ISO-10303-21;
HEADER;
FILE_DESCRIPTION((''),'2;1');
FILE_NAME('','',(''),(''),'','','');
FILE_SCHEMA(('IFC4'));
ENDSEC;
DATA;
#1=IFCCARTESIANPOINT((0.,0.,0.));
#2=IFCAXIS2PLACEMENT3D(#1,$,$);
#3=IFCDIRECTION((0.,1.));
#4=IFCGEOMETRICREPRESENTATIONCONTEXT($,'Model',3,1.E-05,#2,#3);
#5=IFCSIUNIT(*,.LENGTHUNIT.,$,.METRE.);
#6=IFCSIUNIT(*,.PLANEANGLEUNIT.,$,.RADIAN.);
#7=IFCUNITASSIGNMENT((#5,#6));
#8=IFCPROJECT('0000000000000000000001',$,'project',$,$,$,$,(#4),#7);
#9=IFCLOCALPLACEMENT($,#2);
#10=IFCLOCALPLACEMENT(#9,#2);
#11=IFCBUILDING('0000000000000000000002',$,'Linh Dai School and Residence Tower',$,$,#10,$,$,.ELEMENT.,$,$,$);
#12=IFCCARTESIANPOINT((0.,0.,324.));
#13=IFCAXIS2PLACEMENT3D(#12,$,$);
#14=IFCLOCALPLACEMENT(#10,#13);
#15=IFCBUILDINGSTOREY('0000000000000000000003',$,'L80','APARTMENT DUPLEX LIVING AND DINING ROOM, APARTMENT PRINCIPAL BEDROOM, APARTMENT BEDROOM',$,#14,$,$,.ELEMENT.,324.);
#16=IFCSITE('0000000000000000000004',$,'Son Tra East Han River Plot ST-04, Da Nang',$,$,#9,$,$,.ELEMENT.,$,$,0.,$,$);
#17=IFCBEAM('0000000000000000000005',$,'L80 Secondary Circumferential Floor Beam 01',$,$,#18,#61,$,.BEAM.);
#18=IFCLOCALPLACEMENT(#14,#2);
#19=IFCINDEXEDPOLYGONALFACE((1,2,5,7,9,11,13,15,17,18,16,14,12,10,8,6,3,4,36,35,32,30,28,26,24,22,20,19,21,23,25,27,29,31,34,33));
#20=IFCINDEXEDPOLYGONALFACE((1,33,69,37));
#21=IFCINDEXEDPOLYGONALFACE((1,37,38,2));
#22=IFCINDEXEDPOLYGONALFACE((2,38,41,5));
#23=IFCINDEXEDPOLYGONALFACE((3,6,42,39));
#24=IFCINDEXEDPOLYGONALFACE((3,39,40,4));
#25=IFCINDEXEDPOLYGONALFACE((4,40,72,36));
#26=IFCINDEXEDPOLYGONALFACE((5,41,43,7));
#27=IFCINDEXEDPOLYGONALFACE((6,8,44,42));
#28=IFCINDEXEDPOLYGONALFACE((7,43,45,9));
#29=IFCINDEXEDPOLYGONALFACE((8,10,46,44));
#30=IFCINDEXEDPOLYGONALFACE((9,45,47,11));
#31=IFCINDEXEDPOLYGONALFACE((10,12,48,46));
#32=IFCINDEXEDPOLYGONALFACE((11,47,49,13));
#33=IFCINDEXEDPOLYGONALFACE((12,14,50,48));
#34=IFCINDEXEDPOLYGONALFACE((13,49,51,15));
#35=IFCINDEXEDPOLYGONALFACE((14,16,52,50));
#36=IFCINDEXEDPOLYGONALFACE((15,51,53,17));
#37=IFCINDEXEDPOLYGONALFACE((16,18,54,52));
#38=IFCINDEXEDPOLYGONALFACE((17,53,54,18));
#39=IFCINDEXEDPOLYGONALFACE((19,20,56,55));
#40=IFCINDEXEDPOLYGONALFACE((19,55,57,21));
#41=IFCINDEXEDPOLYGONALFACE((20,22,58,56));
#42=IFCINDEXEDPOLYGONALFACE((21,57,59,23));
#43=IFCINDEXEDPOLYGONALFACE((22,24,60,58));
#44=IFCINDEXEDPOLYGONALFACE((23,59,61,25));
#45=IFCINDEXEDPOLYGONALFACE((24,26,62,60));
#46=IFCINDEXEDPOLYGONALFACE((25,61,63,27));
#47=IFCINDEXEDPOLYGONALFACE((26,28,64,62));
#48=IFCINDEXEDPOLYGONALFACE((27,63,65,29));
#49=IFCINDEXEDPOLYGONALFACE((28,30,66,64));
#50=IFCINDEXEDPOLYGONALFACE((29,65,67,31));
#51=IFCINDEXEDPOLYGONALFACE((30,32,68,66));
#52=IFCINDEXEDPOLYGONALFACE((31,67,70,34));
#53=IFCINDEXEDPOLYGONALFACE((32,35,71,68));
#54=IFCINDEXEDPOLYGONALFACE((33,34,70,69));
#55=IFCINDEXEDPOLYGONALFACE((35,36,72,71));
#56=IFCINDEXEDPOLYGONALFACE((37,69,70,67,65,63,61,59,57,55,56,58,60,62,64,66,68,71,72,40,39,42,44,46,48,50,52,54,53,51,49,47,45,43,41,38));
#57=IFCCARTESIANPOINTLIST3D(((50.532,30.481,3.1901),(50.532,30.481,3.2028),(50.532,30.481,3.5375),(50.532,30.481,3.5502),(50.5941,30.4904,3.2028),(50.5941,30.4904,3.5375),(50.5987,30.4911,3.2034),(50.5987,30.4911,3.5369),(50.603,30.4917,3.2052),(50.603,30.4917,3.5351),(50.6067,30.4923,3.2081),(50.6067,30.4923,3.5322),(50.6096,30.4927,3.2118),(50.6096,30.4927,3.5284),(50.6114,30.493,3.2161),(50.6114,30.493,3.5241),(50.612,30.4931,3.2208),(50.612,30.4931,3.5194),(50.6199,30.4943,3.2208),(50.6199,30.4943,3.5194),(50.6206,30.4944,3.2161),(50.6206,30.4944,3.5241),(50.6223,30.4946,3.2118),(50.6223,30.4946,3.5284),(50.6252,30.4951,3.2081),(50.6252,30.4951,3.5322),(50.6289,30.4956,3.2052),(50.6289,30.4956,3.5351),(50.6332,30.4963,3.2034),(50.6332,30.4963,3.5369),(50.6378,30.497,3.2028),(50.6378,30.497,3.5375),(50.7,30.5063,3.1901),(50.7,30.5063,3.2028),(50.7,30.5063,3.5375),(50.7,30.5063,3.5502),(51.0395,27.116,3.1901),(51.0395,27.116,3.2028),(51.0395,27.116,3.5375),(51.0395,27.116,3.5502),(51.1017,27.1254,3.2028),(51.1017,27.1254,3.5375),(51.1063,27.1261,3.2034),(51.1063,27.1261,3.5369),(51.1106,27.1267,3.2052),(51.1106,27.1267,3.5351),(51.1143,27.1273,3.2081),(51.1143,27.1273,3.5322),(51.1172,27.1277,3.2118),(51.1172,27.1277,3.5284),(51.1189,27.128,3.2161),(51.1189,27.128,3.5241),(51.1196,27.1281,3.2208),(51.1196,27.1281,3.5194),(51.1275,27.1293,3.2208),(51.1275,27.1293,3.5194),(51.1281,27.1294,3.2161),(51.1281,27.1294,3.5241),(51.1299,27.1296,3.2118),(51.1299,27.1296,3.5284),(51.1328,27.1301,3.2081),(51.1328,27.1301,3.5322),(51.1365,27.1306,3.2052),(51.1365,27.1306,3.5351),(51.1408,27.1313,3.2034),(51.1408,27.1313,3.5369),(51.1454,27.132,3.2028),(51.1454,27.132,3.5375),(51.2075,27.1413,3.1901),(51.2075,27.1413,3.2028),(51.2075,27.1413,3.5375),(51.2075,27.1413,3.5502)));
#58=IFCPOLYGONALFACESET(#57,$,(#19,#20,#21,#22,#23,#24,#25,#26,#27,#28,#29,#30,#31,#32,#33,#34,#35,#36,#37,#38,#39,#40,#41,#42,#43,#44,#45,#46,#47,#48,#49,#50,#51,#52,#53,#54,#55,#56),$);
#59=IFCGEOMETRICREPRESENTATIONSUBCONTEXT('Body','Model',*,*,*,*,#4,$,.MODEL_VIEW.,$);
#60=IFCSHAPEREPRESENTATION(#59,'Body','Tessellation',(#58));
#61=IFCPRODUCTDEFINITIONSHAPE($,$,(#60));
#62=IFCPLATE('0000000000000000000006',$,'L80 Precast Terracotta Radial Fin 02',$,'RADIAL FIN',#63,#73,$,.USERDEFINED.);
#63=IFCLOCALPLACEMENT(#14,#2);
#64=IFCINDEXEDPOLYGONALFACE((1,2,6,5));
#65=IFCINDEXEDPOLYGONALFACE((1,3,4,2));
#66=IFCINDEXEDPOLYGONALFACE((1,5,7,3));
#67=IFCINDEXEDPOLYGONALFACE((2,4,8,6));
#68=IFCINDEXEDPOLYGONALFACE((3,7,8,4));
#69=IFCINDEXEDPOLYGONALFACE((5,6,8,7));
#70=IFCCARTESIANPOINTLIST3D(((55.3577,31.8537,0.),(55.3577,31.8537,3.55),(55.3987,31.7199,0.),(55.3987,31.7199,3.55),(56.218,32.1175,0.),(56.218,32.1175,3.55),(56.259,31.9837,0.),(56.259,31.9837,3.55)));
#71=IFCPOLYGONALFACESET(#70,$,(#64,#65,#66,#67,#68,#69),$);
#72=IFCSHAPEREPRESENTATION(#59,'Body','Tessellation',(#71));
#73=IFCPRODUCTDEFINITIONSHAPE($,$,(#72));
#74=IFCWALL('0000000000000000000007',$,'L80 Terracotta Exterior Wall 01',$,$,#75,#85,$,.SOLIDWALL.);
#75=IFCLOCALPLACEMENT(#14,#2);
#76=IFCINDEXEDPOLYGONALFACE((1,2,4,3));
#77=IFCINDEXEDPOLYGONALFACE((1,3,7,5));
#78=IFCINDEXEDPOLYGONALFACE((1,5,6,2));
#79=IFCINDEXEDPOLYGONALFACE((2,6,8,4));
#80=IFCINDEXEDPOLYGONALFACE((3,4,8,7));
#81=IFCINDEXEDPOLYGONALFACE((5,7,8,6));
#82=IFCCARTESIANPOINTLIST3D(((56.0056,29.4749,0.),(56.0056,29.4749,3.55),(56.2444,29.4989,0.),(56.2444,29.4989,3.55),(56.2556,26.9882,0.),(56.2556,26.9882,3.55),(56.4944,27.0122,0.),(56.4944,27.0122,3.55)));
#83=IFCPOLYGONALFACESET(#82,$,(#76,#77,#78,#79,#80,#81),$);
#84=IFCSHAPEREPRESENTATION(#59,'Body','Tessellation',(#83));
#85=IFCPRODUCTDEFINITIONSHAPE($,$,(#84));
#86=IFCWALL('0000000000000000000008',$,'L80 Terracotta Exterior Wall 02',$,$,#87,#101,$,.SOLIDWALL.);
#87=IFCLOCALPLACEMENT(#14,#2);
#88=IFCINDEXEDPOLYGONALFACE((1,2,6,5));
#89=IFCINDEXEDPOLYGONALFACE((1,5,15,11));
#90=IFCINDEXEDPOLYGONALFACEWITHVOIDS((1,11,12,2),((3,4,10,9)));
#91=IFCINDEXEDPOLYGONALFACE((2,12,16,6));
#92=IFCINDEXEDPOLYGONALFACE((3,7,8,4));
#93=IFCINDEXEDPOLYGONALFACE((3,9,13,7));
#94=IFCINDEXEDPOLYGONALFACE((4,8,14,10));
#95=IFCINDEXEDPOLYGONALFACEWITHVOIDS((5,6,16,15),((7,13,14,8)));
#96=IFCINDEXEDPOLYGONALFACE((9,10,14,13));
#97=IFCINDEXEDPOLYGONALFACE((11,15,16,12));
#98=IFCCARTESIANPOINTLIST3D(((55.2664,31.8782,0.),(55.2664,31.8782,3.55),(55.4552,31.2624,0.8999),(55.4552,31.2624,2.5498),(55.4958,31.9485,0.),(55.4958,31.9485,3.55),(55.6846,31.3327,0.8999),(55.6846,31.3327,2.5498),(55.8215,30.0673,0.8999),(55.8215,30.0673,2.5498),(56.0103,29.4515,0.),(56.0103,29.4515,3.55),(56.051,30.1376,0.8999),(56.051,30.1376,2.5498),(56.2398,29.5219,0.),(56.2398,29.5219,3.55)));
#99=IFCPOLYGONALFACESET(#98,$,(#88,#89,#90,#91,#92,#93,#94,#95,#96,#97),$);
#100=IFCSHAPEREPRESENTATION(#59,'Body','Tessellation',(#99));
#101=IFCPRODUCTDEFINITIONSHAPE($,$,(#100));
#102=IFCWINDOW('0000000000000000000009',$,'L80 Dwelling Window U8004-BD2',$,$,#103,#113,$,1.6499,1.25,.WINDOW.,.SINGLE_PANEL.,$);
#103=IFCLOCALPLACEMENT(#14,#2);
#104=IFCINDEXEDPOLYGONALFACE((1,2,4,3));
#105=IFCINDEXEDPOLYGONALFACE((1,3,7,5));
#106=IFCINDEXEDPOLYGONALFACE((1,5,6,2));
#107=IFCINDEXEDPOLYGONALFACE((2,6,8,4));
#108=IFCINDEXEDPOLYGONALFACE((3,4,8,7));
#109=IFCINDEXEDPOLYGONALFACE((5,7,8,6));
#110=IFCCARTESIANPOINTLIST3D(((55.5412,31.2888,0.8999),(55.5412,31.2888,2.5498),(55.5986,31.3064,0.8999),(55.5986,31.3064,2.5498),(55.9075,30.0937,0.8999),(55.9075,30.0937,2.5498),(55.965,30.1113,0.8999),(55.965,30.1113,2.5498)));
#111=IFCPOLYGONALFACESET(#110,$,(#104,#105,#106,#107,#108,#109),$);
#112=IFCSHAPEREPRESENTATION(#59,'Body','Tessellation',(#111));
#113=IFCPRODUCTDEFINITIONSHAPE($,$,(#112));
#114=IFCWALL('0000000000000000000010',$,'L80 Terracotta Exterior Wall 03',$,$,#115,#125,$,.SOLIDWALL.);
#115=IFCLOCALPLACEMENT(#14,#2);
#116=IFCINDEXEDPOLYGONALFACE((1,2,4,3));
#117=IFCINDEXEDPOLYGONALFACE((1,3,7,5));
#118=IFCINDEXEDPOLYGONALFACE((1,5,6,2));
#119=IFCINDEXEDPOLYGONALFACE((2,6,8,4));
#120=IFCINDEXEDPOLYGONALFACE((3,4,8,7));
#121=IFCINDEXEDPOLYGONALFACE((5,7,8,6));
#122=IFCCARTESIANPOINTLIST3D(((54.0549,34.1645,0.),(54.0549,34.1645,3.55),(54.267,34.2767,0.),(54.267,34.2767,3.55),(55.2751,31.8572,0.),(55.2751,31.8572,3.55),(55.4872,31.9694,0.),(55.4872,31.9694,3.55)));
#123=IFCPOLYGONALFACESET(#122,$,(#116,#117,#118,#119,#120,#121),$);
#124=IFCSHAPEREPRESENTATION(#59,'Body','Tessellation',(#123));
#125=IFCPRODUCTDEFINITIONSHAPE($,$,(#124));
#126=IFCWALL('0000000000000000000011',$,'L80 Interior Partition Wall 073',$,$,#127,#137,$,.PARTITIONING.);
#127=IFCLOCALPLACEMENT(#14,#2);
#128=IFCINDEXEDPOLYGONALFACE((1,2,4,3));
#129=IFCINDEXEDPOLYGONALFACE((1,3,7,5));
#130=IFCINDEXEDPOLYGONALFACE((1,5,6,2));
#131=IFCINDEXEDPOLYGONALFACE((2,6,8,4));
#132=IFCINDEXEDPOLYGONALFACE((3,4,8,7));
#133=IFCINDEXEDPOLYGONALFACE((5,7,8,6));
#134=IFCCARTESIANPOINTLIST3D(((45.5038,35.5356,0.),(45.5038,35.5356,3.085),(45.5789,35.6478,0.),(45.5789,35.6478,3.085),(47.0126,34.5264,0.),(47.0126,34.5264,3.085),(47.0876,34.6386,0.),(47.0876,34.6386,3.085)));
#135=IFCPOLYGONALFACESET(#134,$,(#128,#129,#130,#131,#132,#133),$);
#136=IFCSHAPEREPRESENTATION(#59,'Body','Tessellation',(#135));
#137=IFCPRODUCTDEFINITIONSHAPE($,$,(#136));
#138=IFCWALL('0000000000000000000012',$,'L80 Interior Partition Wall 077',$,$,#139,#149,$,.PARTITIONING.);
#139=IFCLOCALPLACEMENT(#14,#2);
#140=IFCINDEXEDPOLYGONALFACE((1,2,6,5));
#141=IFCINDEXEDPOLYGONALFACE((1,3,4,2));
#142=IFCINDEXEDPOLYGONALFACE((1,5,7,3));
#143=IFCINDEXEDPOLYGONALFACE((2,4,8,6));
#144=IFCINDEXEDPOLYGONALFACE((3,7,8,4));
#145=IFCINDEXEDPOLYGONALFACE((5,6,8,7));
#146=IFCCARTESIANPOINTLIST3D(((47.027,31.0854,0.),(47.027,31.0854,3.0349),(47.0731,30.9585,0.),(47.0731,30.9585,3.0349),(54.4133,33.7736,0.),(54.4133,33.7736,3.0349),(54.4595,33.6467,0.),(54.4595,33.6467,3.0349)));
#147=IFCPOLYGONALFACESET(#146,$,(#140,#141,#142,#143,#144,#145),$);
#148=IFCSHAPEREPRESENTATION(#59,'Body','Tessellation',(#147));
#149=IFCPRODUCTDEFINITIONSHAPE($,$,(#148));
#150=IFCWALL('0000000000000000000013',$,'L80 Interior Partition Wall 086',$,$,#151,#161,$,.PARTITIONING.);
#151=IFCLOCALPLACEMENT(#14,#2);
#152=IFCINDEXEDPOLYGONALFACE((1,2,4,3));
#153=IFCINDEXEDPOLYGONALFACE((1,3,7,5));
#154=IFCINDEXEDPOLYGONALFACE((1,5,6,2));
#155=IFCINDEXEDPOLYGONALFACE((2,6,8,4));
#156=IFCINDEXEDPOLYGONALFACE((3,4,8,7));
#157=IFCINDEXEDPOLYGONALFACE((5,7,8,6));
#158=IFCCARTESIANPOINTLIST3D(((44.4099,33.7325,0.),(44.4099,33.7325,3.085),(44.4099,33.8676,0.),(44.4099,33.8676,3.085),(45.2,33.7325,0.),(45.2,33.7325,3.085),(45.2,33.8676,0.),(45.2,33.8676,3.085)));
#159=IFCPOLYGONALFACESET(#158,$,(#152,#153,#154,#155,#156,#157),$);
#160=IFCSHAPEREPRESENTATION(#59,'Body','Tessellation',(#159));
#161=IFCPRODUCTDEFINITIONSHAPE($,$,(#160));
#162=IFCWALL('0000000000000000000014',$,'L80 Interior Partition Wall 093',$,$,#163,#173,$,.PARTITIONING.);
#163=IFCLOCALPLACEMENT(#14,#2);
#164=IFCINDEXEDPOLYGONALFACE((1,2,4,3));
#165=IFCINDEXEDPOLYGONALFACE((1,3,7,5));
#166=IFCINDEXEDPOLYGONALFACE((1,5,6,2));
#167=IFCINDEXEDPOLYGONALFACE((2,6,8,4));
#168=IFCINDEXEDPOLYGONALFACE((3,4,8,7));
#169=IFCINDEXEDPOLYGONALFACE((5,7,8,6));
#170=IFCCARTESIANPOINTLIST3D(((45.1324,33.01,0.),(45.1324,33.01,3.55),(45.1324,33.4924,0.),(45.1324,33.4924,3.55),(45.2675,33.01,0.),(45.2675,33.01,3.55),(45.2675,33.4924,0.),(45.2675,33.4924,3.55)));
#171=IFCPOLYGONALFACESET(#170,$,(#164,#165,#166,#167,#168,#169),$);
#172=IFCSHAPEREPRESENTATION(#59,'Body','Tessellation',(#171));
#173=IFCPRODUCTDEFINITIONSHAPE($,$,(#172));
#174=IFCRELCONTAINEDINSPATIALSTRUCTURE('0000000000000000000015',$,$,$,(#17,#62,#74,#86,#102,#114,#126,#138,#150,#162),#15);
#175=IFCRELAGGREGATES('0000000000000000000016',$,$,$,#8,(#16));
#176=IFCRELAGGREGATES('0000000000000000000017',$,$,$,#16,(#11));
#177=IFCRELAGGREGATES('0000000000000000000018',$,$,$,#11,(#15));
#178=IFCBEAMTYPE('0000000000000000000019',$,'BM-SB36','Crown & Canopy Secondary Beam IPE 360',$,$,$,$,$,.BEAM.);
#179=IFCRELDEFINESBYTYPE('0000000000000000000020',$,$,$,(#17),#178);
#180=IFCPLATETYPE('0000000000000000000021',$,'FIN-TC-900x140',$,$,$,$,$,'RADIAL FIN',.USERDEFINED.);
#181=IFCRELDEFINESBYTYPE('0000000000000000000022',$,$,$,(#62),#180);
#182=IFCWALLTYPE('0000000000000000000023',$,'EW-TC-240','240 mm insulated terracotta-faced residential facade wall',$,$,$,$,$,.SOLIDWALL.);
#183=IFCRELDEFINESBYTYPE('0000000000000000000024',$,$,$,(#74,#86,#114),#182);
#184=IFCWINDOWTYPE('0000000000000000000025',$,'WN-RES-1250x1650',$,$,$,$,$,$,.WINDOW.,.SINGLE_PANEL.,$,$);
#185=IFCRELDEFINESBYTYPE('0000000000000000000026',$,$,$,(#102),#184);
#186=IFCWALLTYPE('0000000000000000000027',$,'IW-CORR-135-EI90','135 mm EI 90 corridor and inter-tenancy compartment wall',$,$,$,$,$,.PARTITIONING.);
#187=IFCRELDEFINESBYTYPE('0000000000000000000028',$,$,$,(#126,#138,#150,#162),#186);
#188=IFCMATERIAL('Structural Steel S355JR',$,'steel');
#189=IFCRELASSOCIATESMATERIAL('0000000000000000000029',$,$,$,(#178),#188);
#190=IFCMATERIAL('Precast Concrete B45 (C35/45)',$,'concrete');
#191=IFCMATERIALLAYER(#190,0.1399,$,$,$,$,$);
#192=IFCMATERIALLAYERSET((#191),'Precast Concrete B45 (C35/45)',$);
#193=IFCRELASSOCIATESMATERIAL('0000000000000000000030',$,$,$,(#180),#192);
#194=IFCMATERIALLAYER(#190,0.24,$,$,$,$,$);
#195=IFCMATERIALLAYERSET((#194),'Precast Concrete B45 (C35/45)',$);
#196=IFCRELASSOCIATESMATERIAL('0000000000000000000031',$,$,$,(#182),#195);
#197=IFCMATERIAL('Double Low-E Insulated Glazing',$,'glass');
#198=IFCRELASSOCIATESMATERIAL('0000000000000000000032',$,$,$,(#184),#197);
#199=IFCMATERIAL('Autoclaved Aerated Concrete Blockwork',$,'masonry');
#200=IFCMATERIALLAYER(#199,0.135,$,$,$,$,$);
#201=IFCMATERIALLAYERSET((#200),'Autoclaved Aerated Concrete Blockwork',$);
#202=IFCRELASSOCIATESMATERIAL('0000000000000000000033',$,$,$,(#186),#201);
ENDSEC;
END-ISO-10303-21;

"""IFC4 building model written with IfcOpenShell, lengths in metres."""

from ifc_helpers import new_model, si_unit, direction, frame, frame_2d, origin, origin_2d, place, context, subcontext, project, spatial, rectangle, i_section, extrude, source, transform, mapped, material, layer, layer_set, material_profile, profile_set, type_object, element, fill, save


model = new_model("IFC4")

# Units and contexts
model_context = context("Model", 3, precision=1e-05, world=origin(), true_north=direction((0.0, 1.0)))
body_context = subcontext(model_context, "Body", "Model", "MODEL_VIEW")
ifc_project = project(units=[si_unit("LENGTHUNIT", "METRE"), si_unit("PLANEANGLEUNIT", "RADIAN")], contexts=[model_context])

# Site, building, storey
site_placement = place(None, origin())
site = spatial("IfcSite", under=ifc_project, at=site_placement, Name="Son Tra East Han River Plot ST-04, Da Nang", CompositionType="ELEMENT", RefElevation=0.0)
building_placement = place(site_placement, origin())
building = spatial("IfcBuilding", under=site, at=building_placement, Name="Linh Dai School and Residence Tower", CompositionType="ELEMENT")
storey_placement = place(building_placement, frame((0.0, 0.0, 324.0)))
storey = spatial("IfcBuildingStorey", under=building, at=storey_placement, Name="L80", Description="APARTMENT DUPLEX LIVING AND DINING ROOM, APARTMENT PRINCIPAL BEDROOM, APARTMENT BEDROOM", CompositionType="ELEMENT", Elevation=324.0)

# Shared definitions
ifc_material_1 = material(Name="Structural Steel S355JR", Category="steel")

# Beam
ifc_material_profile_1 = material_profile(ifc_material_1, i_section(OverallWidth=0.1699, OverallDepth=0.3601, WebThickness=0.0081, FlangeThickness=0.0127, FilletRadius=0.0181, at=origin_2d()), Name="IPE 360")
ifc_profile_set_1 = profile_set([ifc_material_profile_1], Name="Structural Steel S355JR")
beam_type_1 = type_object("IfcBeamType", Name="BM-SB36", Description="Crown & Canopy Secondary Beam IPE 360", PredefinedType="BEAM", material=ifc_profile_set_1)
beam_1_placement = place(storey_placement, frame((51.1235, 27.1287, 3.3701), z_axis=(-0.149151, 0.988814, 0.0), x_axis=(-0.988814, -0.149151, 0.0)))
element("IfcBeam", 1, at=beam_1_placement, inside=storey, type_object=beam_type_1, Name="L80 Secondary Circumferential Floor Beam 01", PredefinedType="BEAM", context=body_context, shape_type="SweptSolid", body=[
    extrude(i_section(OverallWidth=0.1699, OverallDepth=0.3601, WebThickness=0.0081, FlangeThickness=0.0127, FilletRadius=0.0181, at=origin_2d()), origin(), (0.0, 0.0, 1.0), 3.4031),
])

# Plate
ifc_material_2 = material(Name="Precast Concrete B45 (C35/45)", Category="concrete")
ifc_layer_1 = layer(ifc_material_2, 0.1399)
ifc_layer_set_1 = layer_set([ifc_layer_1], Name="Precast Concrete B45 (C35/45)")
plate_type = type_object("IfcPlateType", Name="FIN-TC-900x140", ElementType="RADIAL FIN", PredefinedType="USERDEFINED", material=ifc_layer_set_1)
shared_shape_1 = source(origin(), body_context, "Body", "SweptSolid", [
    extrude(rectangle(XDim=0.8999, YDim=0.1399, at=origin_2d()), origin(), (0.0, 0.0, 1.0), 3.55),
])
plate_placement = place(storey_placement, frame((55.8083, 31.9187, 0.0), z_axis=(0.0, 0.0, 1.0), x_axis=(0.956083, 0.293095, 0.0)))
element("IfcPlate", 2, at=plate_placement, inside=storey, type_object=plate_type, Name="L80 Precast Terracotta Radial Fin 02", ObjectType="RADIAL FIN", PredefinedType="USERDEFINED", context=body_context, shape_type="MappedRepresentation", body=[
    mapped(shared_shape_1, transform((0.0, 0.0, 0.0), x_axis=(1.0, 0.0, 0.0), y_axis=(0.0, 1.0, 0.0), z_axis=(0.0, 0.0, 1.0), scale=1.0)),
])

# Wall
ifc_layer_2 = layer(ifc_material_2, 0.24)
ifc_layer_set_2 = layer_set([ifc_layer_2], Name="Precast Concrete B45 (C35/45)")
wall_type_1 = type_object("IfcWallType", Name="EW-TC-240", Description="240 mm insulated terracotta-faced residential facade wall", PredefinedType="SOLIDWALL", material=ifc_layer_set_2)
wall_1_placement = place(storey_placement, frame((56.125, 29.4868, 0.0), z_axis=(0.0, 0.0, 1.0), x_axis=(0.100026, -0.994985, 0.0)))
element("IfcWall", 3, at=wall_1_placement, inside=storey, type_object=wall_type_1, Name="L80 Terracotta Exterior Wall 01", PredefinedType="SOLIDWALL", context=body_context, shape_type="SweptSolid", body=[
    extrude(rectangle(XDim=2.4993, YDim=0.24, at=frame_2d((1.2495, 0.0))), origin(), (0.0, 0.0, 1.0), 3.55),
])

# Wall, opening, window
wall_2_placement = place(storey_placement, frame((55.3811, 31.9133, 0.0), z_axis=(0.0, 0.0, 1.0), x_axis=(0.293106, -0.95608, 0.0)))
wall_2 = element("IfcWall", 4, at=wall_2_placement, inside=storey, type_object=wall_type_1, Name="L80 Terracotta Exterior Wall 02", PredefinedType="SOLIDWALL", context=body_context, shape_type="SweptSolid", body=[
    extrude(rectangle(XDim=2.5381, YDim=0.24, at=frame_2d((1.269, 0.0))), origin(), (0.0, 0.0, 1.0), 3.55),
])
opening_1_placement = place(wall_2_placement, frame((0.644, 0.0, 0.8999)))
opening_1 = element("IfcOpeningElement", 5, at=opening_1_placement, cuts=wall_2, PredefinedType="OPENING", context=body_context, shape_type="SweptSolid", body=[
    extrude(rectangle(XDim=1.25, YDim=1.6499, at=origin_2d()), frame((0.625, 0.1299, 0.825), z_axis=(0.0, -1.0, 0.0), x_axis=(1.0, 0.0, 0.0)), (0.0, 0.0, 1.0), 0.26),
])
ifc_material_3 = material(Name="Double Low-E Insulated Glazing", Category="glass")
window_type = type_object("IfcWindowType", Name="WN-RES-1250x1650", PartitioningType="SINGLE_PANEL", PredefinedType="WINDOW", material=ifc_material_3)
shared_shape_2 = source(origin(), body_context, "Body", "SweptSolid", [
    extrude(rectangle(XDim=1.25, YDim=1.6499, at=origin_2d()), frame((0.625, 0.03, 0.825), z_axis=(0.0, -1.0, 0.0), x_axis=(1.0, 0.0, 0.0)), (0.0, 0.0, 1.0), 0.0601),
])
window_placement = place(opening_1_placement, origin())
window = element("IfcWindow", 6, at=window_placement, inside=storey, type_object=window_type, Name="L80 Dwelling Window U8004-BD2", OverallHeight=1.6499, OverallWidth=1.25, PartitioningType="SINGLE_PANEL", PredefinedType="WINDOW", context=body_context, shape_type="MappedRepresentation", body=[
    mapped(shared_shape_2, transform((0.0, 0.0, 0.0), x_axis=(1.0, 0.0, 0.0), y_axis=(0.0, 1.0, 0.0), z_axis=(0.0, 0.0, 1.0), scale=1.0)),
])
fill(opening_1, window)

# Walls
wall_3_placement = place(storey_placement, frame((54.1609, 34.2207, 0.0), z_axis=(0.0, 0.0, 1.0), x_axis=(0.467488, -0.883999, 0.0)))
element("IfcWall", 7, at=wall_3_placement, inside=storey, type_object=wall_type_1, Name="L80 Terracotta Exterior Wall 03", PredefinedType="SOLIDWALL", context=body_context, shape_type="SweptSolid", body=[
    extrude(rectangle(XDim=2.6101, YDim=0.24, at=frame_2d((1.3052, 0.0))), origin(), (0.0, 0.0, 1.0), 3.55),
])
ifc_material_4 = material(Name="Autoclaved Aerated Concrete Blockwork", Category="masonry")
ifc_layer_3 = layer(ifc_material_4, 0.135)
ifc_layer_set_3 = layer_set([ifc_layer_3], Name="Autoclaved Aerated Concrete Blockwork")
wall_type_2 = type_object("IfcWallType", Name="IW-CORR-135-EI90", Description="135 mm EI 90 corridor and inter-tenancy compartment wall", PredefinedType="PARTITIONING", material=ifc_layer_set_3)
wall_4_placement = place(storey_placement, frame((45.5413, 35.5918, 0.0), z_axis=(0.0, 0.0, 1.0), x_axis=(0.83118, -0.556003, 0.0)))
element("IfcWall", 8, at=wall_4_placement, inside=storey, type_object=wall_type_2, Name="L80 Interior Partition Wall 073", PredefinedType="PARTITIONING", context=body_context, shape_type="SweptSolid", body=[
    extrude(rectangle(XDim=1.8152, YDim=0.135, at=frame_2d((0.9077, 0.0))), origin(), (0.0, 0.0, 1.0), 3.085),
])
wall_5_placement = place(storey_placement, frame((47.05, 31.022, 0.0), z_axis=(0.0, 0.0, 1.0), x_axis=(0.939702, 0.341995, 0.0)))
element("IfcWall", 9, at=wall_5_placement, inside=storey, type_object=wall_type_2, Name="L80 Interior Partition Wall 077", PredefinedType="PARTITIONING", context=body_context, shape_type="SweptSolid", body=[
    extrude(rectangle(XDim=7.8604, YDim=0.135, at=frame_2d((3.9302, 0.0))), origin(), (0.0, 0.0, 1.0), 3.0349),
])
wall_6_placement = place(storey_placement, frame((45.2, 33.8, 0.0), z_axis=(0.0, 0.0, 1.0), x_axis=(-1.0, 0.0, 0.0)))
element("IfcWall", 10, at=wall_6_placement, inside=storey, type_object=wall_type_2, Name="L80 Interior Partition Wall 086", PredefinedType="PARTITIONING", context=body_context, shape_type="SweptSolid", body=[
    extrude(rectangle(XDim=0.79, YDim=0.135, at=frame_2d((0.395, 0.0))), origin(), (0.0, 0.0, 1.0), 3.085),
])
wall_7_placement = place(storey_placement, frame((45.2, 33.01, 0.0), z_axis=(0.0, 0.0, 1.0), x_axis=(0.0, 1.0, 0.0)))
element("IfcWall", 11, at=wall_7_placement, inside=storey, type_object=wall_type_2, Name="L80 Interior Partition Wall 093", PredefinedType="PARTITIONING", context=body_context, shape_type="SweptSolid", body=[
    extrude(rectangle(XDim=0.4824, YDim=0.135, at=frame_2d((0.2412, 0.0))), origin(), (0.0, 0.0, 1.0), 3.55),
])

save(model, "model.ifc")
